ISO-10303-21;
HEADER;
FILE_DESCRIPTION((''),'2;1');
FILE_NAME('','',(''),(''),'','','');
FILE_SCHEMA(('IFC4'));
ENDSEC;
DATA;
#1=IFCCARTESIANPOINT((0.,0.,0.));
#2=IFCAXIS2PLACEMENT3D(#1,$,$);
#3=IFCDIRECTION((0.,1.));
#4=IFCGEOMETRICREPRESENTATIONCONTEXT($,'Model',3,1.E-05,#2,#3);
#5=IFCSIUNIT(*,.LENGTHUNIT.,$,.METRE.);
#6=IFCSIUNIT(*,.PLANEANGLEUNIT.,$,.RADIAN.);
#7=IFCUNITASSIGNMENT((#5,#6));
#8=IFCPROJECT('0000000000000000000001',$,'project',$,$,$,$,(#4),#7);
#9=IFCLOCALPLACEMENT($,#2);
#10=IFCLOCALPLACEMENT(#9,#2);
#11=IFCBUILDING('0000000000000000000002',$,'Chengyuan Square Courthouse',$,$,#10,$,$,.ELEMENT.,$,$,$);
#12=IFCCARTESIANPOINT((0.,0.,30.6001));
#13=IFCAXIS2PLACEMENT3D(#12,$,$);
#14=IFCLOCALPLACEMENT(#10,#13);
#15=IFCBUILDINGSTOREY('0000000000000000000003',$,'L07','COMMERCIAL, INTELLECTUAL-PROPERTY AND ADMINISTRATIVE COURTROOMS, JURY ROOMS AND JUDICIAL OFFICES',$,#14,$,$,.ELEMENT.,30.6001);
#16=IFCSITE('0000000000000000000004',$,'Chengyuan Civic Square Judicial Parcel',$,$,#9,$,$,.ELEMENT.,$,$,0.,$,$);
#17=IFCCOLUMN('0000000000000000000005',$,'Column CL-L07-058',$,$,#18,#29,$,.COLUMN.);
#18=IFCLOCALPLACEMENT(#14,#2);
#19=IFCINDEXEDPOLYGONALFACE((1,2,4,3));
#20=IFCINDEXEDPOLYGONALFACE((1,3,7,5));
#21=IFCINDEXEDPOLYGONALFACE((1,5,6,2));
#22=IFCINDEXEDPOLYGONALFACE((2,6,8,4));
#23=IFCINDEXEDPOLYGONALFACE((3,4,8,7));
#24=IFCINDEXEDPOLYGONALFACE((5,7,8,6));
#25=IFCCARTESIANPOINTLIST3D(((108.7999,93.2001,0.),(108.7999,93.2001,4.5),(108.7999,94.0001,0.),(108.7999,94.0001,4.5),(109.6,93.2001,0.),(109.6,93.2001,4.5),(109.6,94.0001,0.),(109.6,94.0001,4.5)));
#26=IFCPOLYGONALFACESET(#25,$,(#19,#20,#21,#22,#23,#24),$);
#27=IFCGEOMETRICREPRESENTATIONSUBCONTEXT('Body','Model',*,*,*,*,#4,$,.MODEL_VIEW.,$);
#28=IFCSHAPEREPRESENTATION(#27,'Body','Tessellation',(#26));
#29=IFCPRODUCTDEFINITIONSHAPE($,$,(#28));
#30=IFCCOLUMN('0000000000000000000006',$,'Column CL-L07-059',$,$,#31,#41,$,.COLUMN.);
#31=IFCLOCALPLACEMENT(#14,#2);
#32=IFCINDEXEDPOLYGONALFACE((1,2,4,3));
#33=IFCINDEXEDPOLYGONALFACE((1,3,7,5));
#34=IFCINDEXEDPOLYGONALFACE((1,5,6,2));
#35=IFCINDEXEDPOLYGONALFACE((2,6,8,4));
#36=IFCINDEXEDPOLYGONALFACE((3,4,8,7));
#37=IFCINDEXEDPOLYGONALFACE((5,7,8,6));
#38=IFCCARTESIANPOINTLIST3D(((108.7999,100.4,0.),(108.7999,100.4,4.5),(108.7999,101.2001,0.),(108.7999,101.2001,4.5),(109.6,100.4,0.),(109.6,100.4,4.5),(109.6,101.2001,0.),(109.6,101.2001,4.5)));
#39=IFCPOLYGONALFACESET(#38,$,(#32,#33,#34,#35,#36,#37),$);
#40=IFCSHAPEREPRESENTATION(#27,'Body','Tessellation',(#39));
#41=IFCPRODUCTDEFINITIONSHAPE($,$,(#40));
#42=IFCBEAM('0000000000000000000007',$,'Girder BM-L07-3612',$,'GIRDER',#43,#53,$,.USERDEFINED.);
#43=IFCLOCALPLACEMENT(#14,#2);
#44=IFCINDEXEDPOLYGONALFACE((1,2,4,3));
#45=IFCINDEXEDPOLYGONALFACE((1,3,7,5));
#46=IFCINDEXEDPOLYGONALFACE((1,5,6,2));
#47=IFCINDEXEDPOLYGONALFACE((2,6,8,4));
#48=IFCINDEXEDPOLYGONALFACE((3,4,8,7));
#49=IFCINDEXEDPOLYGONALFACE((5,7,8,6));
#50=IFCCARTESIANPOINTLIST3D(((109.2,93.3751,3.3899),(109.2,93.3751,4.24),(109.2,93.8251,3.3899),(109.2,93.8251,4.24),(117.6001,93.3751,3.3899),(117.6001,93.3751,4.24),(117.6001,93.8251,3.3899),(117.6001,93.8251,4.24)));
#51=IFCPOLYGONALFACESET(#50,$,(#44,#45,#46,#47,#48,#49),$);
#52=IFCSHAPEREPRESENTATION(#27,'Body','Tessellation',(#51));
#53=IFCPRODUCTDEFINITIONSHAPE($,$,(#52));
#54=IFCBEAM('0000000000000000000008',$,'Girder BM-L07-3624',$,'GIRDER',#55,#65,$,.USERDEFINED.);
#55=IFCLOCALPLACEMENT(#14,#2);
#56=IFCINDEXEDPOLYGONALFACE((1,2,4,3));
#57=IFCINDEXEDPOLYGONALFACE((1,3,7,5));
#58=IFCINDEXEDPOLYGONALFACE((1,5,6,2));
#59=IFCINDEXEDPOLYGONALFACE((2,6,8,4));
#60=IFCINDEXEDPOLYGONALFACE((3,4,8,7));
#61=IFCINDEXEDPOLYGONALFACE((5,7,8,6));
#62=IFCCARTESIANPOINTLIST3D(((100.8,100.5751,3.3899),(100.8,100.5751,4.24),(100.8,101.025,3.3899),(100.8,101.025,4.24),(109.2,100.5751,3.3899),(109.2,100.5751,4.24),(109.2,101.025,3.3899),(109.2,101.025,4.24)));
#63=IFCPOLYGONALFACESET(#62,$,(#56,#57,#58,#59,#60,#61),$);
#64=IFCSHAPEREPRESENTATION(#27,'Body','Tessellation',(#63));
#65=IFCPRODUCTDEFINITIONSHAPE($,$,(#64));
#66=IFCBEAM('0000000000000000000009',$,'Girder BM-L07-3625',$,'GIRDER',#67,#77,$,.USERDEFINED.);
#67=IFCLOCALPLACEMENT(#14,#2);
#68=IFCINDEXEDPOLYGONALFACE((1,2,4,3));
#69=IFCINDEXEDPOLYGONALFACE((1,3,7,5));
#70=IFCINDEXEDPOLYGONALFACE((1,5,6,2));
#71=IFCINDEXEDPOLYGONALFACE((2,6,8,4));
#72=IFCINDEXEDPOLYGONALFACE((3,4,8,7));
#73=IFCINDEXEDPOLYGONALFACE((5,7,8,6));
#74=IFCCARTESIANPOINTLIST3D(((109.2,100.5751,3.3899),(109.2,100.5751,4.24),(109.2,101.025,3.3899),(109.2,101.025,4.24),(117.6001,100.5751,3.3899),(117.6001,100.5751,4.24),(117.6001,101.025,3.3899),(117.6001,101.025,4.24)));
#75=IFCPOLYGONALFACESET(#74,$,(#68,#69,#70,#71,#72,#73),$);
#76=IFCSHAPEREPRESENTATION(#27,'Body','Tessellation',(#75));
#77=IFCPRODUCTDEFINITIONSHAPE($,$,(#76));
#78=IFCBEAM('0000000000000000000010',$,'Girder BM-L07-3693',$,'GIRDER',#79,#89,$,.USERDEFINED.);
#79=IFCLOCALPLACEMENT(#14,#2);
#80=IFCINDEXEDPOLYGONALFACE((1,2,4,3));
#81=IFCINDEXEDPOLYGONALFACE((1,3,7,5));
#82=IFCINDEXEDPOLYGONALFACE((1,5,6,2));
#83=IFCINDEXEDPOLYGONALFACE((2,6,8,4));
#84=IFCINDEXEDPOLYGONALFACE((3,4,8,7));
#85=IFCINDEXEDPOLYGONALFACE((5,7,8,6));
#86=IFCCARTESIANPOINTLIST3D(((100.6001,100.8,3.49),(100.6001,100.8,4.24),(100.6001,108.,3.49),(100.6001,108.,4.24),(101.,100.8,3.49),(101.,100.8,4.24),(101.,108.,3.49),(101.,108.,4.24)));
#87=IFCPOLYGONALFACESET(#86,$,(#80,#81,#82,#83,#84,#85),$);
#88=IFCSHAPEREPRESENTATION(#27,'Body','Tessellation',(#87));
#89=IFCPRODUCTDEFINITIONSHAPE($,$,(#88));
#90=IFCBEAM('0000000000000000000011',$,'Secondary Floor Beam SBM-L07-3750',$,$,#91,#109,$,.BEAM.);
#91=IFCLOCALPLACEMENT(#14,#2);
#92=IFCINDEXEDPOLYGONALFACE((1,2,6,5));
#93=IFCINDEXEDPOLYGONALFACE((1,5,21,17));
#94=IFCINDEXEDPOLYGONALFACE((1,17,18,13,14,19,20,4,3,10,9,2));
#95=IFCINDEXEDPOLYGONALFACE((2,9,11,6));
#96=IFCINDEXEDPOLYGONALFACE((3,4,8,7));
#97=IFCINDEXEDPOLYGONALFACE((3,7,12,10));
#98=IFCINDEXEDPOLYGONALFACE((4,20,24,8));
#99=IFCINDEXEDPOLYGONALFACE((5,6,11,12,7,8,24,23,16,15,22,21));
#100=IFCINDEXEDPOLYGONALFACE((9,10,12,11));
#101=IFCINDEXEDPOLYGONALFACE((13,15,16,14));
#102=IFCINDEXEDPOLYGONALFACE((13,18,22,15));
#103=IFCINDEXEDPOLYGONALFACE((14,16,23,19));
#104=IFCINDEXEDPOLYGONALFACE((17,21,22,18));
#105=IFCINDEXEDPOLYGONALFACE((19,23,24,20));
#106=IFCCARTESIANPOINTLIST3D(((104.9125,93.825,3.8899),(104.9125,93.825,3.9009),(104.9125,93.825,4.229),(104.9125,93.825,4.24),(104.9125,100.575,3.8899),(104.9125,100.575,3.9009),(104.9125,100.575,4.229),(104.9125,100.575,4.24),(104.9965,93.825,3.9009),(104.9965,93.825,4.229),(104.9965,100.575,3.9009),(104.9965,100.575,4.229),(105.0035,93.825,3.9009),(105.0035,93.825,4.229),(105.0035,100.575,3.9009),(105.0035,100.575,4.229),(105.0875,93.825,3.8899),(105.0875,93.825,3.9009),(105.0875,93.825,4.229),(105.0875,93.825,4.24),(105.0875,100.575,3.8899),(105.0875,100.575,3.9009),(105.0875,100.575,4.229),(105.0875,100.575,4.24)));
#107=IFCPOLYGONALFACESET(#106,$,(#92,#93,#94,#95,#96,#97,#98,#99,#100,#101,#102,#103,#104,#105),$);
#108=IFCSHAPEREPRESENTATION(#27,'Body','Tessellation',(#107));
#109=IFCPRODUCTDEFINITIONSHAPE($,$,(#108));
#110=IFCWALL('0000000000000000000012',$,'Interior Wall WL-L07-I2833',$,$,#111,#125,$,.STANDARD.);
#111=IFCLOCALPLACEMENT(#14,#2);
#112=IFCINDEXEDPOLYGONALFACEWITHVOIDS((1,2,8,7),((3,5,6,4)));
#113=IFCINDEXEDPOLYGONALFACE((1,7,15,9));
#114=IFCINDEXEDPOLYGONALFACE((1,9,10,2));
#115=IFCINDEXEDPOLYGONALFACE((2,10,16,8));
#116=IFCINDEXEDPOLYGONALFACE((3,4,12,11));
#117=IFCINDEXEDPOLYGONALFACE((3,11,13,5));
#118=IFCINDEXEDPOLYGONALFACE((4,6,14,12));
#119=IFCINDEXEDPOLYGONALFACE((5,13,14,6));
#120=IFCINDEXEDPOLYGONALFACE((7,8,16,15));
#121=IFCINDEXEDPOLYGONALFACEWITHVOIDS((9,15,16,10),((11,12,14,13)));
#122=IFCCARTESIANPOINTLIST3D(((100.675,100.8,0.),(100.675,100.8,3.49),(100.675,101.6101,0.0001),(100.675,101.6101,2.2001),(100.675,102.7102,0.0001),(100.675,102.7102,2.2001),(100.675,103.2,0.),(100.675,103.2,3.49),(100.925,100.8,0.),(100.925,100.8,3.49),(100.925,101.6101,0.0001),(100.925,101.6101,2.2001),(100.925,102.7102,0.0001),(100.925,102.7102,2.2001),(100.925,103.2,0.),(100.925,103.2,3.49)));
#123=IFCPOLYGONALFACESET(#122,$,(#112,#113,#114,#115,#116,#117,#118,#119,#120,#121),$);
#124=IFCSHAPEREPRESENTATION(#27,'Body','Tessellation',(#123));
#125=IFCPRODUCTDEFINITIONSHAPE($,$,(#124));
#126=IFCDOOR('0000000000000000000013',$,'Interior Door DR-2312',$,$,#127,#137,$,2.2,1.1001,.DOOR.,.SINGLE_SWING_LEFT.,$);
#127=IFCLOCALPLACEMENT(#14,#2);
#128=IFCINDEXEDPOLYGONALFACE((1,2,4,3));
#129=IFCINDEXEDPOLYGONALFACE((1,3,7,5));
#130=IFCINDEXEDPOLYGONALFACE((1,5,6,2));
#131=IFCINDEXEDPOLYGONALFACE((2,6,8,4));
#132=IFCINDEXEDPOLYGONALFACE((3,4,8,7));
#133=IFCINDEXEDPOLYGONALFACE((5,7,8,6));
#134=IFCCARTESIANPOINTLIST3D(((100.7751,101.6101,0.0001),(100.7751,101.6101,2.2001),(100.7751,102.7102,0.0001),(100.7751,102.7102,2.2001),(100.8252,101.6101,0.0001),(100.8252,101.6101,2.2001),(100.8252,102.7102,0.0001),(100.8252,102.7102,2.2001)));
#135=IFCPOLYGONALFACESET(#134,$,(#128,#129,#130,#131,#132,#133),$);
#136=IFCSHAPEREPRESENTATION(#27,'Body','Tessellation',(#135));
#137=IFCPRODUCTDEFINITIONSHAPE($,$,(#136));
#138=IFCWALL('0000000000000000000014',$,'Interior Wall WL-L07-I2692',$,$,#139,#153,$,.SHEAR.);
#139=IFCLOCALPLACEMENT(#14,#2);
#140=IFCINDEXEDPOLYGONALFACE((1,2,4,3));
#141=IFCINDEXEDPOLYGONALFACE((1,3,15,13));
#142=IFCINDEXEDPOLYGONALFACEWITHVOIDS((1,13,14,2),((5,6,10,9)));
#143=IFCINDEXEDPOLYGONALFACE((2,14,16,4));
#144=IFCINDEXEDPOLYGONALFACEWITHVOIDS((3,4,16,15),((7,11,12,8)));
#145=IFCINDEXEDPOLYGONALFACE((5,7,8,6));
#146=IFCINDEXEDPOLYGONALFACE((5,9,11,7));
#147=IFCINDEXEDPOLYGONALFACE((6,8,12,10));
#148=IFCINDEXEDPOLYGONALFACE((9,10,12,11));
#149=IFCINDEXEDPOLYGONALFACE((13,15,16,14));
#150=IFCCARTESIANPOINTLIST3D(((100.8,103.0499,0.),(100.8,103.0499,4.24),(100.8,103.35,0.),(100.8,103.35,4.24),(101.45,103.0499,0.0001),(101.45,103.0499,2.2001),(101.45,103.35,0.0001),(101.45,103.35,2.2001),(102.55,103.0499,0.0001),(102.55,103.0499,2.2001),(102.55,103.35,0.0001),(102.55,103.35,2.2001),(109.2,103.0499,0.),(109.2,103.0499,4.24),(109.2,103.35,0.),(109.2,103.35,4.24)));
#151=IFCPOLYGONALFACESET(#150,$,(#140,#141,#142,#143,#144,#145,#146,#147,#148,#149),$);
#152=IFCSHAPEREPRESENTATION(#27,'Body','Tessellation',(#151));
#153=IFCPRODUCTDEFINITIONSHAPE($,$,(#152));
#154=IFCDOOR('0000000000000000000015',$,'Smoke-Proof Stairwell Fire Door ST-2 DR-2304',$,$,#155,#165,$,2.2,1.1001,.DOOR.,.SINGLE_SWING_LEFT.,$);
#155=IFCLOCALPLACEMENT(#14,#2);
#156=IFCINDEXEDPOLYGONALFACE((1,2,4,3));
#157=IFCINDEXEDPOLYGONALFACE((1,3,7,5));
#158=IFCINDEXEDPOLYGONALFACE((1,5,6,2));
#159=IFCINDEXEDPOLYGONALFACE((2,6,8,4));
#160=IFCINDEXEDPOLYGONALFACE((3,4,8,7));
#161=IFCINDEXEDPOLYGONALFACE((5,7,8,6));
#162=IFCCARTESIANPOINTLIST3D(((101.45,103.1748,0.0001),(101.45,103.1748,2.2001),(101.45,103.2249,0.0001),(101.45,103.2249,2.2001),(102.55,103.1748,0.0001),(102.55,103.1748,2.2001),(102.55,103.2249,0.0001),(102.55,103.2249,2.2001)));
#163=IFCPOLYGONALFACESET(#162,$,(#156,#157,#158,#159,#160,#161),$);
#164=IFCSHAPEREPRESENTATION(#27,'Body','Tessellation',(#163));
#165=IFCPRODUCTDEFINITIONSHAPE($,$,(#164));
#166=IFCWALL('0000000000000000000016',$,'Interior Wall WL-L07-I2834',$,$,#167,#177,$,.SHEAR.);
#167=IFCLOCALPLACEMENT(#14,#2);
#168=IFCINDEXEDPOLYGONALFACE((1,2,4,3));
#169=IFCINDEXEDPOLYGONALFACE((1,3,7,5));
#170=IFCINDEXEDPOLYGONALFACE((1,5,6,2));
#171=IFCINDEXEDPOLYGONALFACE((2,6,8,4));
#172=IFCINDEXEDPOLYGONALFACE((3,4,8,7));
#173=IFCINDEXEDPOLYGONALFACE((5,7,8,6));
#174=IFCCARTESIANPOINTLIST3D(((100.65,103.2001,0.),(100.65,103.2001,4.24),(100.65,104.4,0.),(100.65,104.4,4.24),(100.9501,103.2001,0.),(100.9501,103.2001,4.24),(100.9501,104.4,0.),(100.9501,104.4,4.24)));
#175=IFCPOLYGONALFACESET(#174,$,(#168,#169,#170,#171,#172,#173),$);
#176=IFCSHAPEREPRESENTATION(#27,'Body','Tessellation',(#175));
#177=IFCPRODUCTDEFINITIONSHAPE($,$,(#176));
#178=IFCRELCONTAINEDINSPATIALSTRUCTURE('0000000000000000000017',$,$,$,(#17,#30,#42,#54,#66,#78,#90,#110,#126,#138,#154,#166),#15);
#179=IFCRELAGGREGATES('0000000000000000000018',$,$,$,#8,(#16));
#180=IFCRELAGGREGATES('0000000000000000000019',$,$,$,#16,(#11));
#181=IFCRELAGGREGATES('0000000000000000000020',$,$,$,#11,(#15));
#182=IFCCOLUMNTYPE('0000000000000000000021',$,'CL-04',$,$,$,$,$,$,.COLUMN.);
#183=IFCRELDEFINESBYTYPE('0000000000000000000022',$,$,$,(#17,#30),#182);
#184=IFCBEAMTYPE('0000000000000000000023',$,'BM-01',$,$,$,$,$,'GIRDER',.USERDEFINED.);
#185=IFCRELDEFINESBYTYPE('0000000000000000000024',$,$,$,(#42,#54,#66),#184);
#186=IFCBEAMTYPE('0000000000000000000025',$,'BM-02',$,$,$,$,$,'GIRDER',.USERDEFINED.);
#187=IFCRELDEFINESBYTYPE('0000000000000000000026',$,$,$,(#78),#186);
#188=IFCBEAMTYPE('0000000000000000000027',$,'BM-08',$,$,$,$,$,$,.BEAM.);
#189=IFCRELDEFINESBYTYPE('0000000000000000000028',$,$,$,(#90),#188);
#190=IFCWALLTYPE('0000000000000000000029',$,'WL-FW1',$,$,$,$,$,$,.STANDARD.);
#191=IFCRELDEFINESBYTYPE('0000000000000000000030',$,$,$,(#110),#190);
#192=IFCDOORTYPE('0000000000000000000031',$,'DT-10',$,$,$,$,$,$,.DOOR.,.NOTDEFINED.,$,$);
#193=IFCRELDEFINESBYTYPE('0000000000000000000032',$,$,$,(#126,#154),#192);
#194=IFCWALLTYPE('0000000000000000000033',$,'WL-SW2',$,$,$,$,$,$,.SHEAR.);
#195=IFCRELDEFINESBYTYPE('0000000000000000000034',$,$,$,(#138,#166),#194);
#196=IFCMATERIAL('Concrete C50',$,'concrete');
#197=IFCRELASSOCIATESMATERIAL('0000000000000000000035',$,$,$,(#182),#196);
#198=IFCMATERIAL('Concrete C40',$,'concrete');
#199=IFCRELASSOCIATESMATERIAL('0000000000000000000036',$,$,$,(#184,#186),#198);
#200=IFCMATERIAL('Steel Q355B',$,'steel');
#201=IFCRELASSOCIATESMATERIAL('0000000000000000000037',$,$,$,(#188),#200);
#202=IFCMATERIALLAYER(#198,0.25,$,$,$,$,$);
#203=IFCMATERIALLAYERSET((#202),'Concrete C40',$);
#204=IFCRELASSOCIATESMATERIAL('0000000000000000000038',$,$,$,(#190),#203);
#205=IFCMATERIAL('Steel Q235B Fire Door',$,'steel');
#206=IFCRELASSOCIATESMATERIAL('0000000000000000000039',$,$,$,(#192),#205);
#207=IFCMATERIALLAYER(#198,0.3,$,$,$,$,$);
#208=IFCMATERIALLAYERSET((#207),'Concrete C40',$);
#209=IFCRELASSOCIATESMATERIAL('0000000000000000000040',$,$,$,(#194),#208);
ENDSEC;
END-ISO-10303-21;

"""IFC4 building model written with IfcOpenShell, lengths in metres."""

from ifc_helpers import new_model, si_unit, direction, frame, frame_2d, origin, origin_2d, place, context, subcontext, project, spatial, rectangle, i_section, extrude, material, layer, layer_set, material_profile, profile_set, type_object, element, fill, save


model = new_model("IFC4")

# Units and contexts
model_context = context("Model", 3, precision=1e-05, world=origin(), true_north=direction((0.0, 1.0)))
body_context = subcontext(model_context, "Body", "Model", "MODEL_VIEW")
ifc_project = project(units=[si_unit("LENGTHUNIT", "METRE"), si_unit("PLANEANGLEUNIT", "RADIAN")], contexts=[model_context])

# Site, building, storey
site_placement = place(None, origin())
site = spatial("IfcSite", under=ifc_project, at=site_placement, Name="Chengyuan Civic Square Judicial Parcel", CompositionType="ELEMENT", RefElevation=0.0)
building_placement = place(site_placement, origin())
building = spatial("IfcBuilding", under=site, at=building_placement, Name="Chengyuan Square Courthouse", CompositionType="ELEMENT")
storey_placement = place(building_placement, frame((0.0, 0.0, 30.6001)))
storey = spatial("IfcBuildingStorey", under=building, at=storey_placement, Name="L07", Description="COMMERCIAL, INTELLECTUAL-PROPERTY AND ADMINISTRATIVE COURTROOMS, JURY ROOMS AND JUDICIAL OFFICES", CompositionType="ELEMENT", Elevation=30.6001)

# Columns
ifc_material_1 = material(Name="Concrete C50", Category="concrete")
ifc_material_profile_1 = material_profile(ifc_material_1, rectangle(XDim=0.8, YDim=0.8, at=origin_2d()), Name="RC-COL-800x800")
ifc_profile_set_1 = profile_set([ifc_material_profile_1], Name="Concrete C50")
column_type = type_object("IfcColumnType", Name="CL-04", PredefinedType="COLUMN", material=ifc_profile_set_1)
for number, where, z_axis, x_axis, name in (
    (1, (109.2, 93.6001, 0.0), (0.0, 0.0, 1.0), (1.0, 0.0, 0.0), "Column CL-L07-058"),
    (2, (109.2, 100.8, 0.0), (0.0, 0.0, 1.0), (1.0, 0.0, 0.0), "Column CL-L07-059"),
):
    element("IfcColumn", number, at=place(storey_placement, frame(where, z_axis=z_axis, x_axis=x_axis)), inside=storey, type_object=column_type, Name=name, PredefinedType="COLUMN", context=body_context, shape_type="SweptSolid", body=[
        extrude(rectangle(XDim=0.8, YDim=0.8, at=origin_2d()), origin(), (0.0, 0.0, 1.0), 4.5),
    ])

# Beams
ifc_material_2 = material(Name="Concrete C40", Category="concrete")
ifc_material_profile_2 = material_profile(ifc_material_2, rectangle(XDim=0.45, YDim=0.8501, at=origin_2d()), Name="RC-BM-450x850")
ifc_profile_set_2 = profile_set([ifc_material_profile_2], Name="Concrete C40")
beam_type_1 = type_object("IfcBeamType", Name="BM-01", ElementType="GIRDER", PredefinedType="USERDEFINED", material=ifc_profile_set_2)
beam_1_placement = place(storey_placement, frame((109.2, 93.6001, 3.8149), z_axis=(1.0, 0.0, 0.0), x_axis=(0.0, 1.0, 0.0)))
element("IfcBeam", 3, at=beam_1_placement, inside=storey, type_object=beam_type_1, Name="Girder BM-L07-3612", ObjectType="GIRDER", PredefinedType="USERDEFINED", context=body_context, shape_type="SweptSolid", body=[
    extrude(rectangle(XDim=0.45, YDim=0.8501, at=origin_2d()), origin(), (0.0, 0.0, 1.0), 8.4001),
])
beam_2_placement = place(storey_placement, frame((100.8, 100.8, 3.8149), z_axis=(1.0, 0.0, 0.0), x_axis=(0.0, 1.0, 0.0)))
element("IfcBeam", 4, at=beam_2_placement, inside=storey, type_object=beam_type_1, Name="Girder BM-L07-3624", ObjectType="GIRDER", PredefinedType="USERDEFINED", context=body_context, shape_type="SweptSolid", body=[
    extrude(rectangle(XDim=0.45, YDim=0.8501, at=origin_2d()), origin(), (0.0, 0.0, 1.0), 8.3999),
])
beam_3_placement = place(storey_placement, frame((109.2, 100.8, 3.8149), z_axis=(1.0, 0.0, 0.0), x_axis=(0.0, 1.0, 0.0)))
element("IfcBeam", 5, at=beam_3_placement, inside=storey, type_object=beam_type_1, Name="Girder BM-L07-3625", ObjectType="GIRDER", PredefinedType="USERDEFINED", context=body_context, shape_type="SweptSolid", body=[
    extrude(rectangle(XDim=0.45, YDim=0.8501, at=origin_2d()), origin(), (0.0, 0.0, 1.0), 8.4001),
])
ifc_material_profile_3 = material_profile(ifc_material_2, rectangle(XDim=0.3999, YDim=0.75, at=origin_2d()), Name="RC-BM-400x750")
ifc_profile_set_3 = profile_set([ifc_material_profile_3], Name="Concrete C40")
beam_type_2 = type_object("IfcBeamType", Name="BM-02", ElementType="GIRDER", PredefinedType="USERDEFINED", material=ifc_profile_set_3)
beam_4_placement = place(storey_placement, frame((100.8, 100.8, 3.865), z_axis=(0.0, 1.0, 0.0), x_axis=(-1.0, 0.0, 0.0)))
element("IfcBeam", 6, at=beam_4_placement, inside=storey, type_object=beam_type_2, Name="Girder BM-L07-3693", ObjectType="GIRDER", PredefinedType="USERDEFINED", context=body_context, shape_type="SweptSolid", body=[
    extrude(rectangle(XDim=0.3999, YDim=0.75, at=origin_2d()), origin(), (0.0, 0.0, 1.0), 7.2),
])
ifc_material_3 = material(Name="Steel Q355B", Category="steel")
ifc_material_profile_4 = material_profile(ifc_material_3, i_section(OverallWidth=0.175, OverallDepth=0.3501, WebThickness=0.0071, FlangeThickness=0.011, at=origin_2d()), Name="HN 350x175x7x11")
ifc_profile_set_4 = profile_set([ifc_material_profile_4], Name="Steel Q355B")
beam_type_3 = type_object("IfcBeamType", Name="BM-08", PredefinedType="BEAM", material=ifc_profile_set_4)
beam_5_placement = place(storey_placement, frame((105.0, 93.825, 4.0649), z_axis=(0.0, 1.0, 0.0), x_axis=(-1.0, 0.0, 0.0)))
element("IfcBeam", 7, at=beam_5_placement, inside=storey, type_object=beam_type_3, Name="Secondary Floor Beam SBM-L07-3750", PredefinedType="BEAM", context=body_context, shape_type="SweptSolid", body=[
    extrude(i_section(OverallWidth=0.175, OverallDepth=0.3501, WebThickness=0.0071, FlangeThickness=0.011, at=origin_2d()), origin(), (0.0, 0.0, 1.0), 6.75),
])

# Walls, openings, doors
ifc_layer_1 = layer(ifc_material_2, 0.25)
ifc_layer_set_1 = layer_set([ifc_layer_1], Name="Concrete C40")
wall_type_1 = type_object("IfcWallType", Name="WL-FW1", PredefinedType="STANDARD", material=ifc_layer_set_1)
wall_1_placement = place(storey_placement, frame((100.8, 100.8, 0.0), z_axis=(0.0, 0.0, 1.0), x_axis=(0.0, 1.0, 0.0)))
wall_1 = element("IfcWall", 8, at=wall_1_placement, inside=storey, type_object=wall_type_1, Name="Interior Wall WL-L07-I2833", PredefinedType="STANDARD", context=body_context, shape_type="SweptSolid", body=[
    extrude(rectangle(XDim=2.3999, YDim=0.25, at=frame_2d((1.2, 0.0))), origin(), (0.0, 0.0, 1.0), 3.49),
])
opening_1_placement = place(wall_1_placement, frame((0.8101, 0.0, 0.0)))
opening_1 = element("IfcOpeningElement", 9, at=opening_1_placement, cuts=wall_1, PredefinedType="OPENING", context=body_context, shape_type="SweptSolid", body=[
    extrude(rectangle(XDim=1.1001, YDim=2.2, at=frame_2d((0.55, 1.1001))), frame((0.0, 0.137, 0.0), z_axis=(0.0, -1.0, 0.0), x_axis=(1.0, 0.0, 0.0)), (0.0, 0.0, 1.0), 0.2739),
])
ifc_material_4 = material(Name="Steel Q235B Fire Door", Category="steel")
door_type = type_object("IfcDoorType", Name="DT-10", OperationType="NOTDEFINED", PredefinedType="DOOR", material=ifc_material_4)
door_1_placement = place(opening_1_placement, origin())
door_1 = element("IfcDoor", 10, at=door_1_placement, inside=storey, type_object=door_type, Name="Interior Door DR-2312", OperationType="SINGLE_SWING_LEFT", OverallHeight=2.2, OverallWidth=1.1001, PredefinedType="DOOR", context=body_context, shape_type="SweptSolid", body=[
    extrude(rectangle(XDim=1.1001, YDim=2.2, at=frame_2d((0.55, 1.1001))), frame((0.0, 0.0249, 0.0), z_axis=(0.0, -1.0, 0.0), x_axis=(1.0, 0.0, 0.0)), (0.0, 0.0, 1.0), 0.05),
])
fill(opening_1, door_1)
ifc_layer_2 = layer(ifc_material_2, 0.3)
ifc_layer_set_2 = layer_set([ifc_layer_2], Name="Concrete C40")
wall_type_2 = type_object("IfcWallType", Name="WL-SW2", PredefinedType="SHEAR", material=ifc_layer_set_2)
wall_2_placement = place(storey_placement, frame((100.8, 103.2, 0.0), z_axis=(0.0, 0.0, 1.0), x_axis=(1.0, 0.0, 0.0)))
wall_2 = element("IfcWall", 11, at=wall_2_placement, inside=storey, type_object=wall_type_2, Name="Interior Wall WL-L07-I2692", PredefinedType="SHEAR", context=body_context, shape_type="SweptSolid", body=[
    extrude(rectangle(XDim=8.3999, YDim=0.3, at=frame_2d((4.2, 0.0))), origin(), (0.0, 0.0, 1.0), 4.24),
])
opening_2_placement = place(wall_2_placement, frame((0.6499, 0.0, 0.0)))
opening_2 = element("IfcOpeningElement", 12, at=opening_2_placement, cuts=wall_2, PredefinedType="OPENING", context=body_context, shape_type="SweptSolid", body=[
    extrude(rectangle(XDim=1.1001, YDim=2.2, at=frame_2d((0.55, 1.1001))), frame((0.0, 0.1621, 0.0), z_axis=(0.0, -1.0, 0.0), x_axis=(1.0, 0.0, 0.0)), (0.0, 0.0, 1.0), 0.324),
])
door_2_placement = place(opening_2_placement, origin())
door_2 = element("IfcDoor", 13, at=door_2_placement, inside=storey, type_object=door_type, Name="Smoke-Proof Stairwell Fire Door ST-2 DR-2304", OperationType="SINGLE_SWING_LEFT", OverallHeight=2.2, OverallWidth=1.1001, PredefinedType="DOOR", context=body_context, shape_type="SweptSolid", body=[
    extrude(rectangle(XDim=1.1001, YDim=2.2, at=frame_2d((0.55, 1.1001))), frame((0.0, 0.0249, 0.0), z_axis=(0.0, -1.0, 0.0), x_axis=(1.0, 0.0, 0.0)), (0.0, 0.0, 1.0), 0.05),
])
fill(opening_2, door_2)

# Wall
wall_3_placement = place(storey_placement, frame((100.8, 103.2, 0.0), z_axis=(0.0, 0.0, 1.0), x_axis=(0.0, 1.0, 0.0)))
element("IfcWall", 14, at=wall_3_placement, inside=storey, type_object=wall_type_2, Name="Interior Wall WL-L07-I2834", PredefinedType="SHEAR", context=body_context, shape_type="SweptSolid", body=[
    extrude(rectangle(XDim=1.2, YDim=0.3, at=frame_2d((0.6001, 0.0))), origin(), (0.0, 0.0, 1.0), 4.24),
])

save(model, "model.ifc")
